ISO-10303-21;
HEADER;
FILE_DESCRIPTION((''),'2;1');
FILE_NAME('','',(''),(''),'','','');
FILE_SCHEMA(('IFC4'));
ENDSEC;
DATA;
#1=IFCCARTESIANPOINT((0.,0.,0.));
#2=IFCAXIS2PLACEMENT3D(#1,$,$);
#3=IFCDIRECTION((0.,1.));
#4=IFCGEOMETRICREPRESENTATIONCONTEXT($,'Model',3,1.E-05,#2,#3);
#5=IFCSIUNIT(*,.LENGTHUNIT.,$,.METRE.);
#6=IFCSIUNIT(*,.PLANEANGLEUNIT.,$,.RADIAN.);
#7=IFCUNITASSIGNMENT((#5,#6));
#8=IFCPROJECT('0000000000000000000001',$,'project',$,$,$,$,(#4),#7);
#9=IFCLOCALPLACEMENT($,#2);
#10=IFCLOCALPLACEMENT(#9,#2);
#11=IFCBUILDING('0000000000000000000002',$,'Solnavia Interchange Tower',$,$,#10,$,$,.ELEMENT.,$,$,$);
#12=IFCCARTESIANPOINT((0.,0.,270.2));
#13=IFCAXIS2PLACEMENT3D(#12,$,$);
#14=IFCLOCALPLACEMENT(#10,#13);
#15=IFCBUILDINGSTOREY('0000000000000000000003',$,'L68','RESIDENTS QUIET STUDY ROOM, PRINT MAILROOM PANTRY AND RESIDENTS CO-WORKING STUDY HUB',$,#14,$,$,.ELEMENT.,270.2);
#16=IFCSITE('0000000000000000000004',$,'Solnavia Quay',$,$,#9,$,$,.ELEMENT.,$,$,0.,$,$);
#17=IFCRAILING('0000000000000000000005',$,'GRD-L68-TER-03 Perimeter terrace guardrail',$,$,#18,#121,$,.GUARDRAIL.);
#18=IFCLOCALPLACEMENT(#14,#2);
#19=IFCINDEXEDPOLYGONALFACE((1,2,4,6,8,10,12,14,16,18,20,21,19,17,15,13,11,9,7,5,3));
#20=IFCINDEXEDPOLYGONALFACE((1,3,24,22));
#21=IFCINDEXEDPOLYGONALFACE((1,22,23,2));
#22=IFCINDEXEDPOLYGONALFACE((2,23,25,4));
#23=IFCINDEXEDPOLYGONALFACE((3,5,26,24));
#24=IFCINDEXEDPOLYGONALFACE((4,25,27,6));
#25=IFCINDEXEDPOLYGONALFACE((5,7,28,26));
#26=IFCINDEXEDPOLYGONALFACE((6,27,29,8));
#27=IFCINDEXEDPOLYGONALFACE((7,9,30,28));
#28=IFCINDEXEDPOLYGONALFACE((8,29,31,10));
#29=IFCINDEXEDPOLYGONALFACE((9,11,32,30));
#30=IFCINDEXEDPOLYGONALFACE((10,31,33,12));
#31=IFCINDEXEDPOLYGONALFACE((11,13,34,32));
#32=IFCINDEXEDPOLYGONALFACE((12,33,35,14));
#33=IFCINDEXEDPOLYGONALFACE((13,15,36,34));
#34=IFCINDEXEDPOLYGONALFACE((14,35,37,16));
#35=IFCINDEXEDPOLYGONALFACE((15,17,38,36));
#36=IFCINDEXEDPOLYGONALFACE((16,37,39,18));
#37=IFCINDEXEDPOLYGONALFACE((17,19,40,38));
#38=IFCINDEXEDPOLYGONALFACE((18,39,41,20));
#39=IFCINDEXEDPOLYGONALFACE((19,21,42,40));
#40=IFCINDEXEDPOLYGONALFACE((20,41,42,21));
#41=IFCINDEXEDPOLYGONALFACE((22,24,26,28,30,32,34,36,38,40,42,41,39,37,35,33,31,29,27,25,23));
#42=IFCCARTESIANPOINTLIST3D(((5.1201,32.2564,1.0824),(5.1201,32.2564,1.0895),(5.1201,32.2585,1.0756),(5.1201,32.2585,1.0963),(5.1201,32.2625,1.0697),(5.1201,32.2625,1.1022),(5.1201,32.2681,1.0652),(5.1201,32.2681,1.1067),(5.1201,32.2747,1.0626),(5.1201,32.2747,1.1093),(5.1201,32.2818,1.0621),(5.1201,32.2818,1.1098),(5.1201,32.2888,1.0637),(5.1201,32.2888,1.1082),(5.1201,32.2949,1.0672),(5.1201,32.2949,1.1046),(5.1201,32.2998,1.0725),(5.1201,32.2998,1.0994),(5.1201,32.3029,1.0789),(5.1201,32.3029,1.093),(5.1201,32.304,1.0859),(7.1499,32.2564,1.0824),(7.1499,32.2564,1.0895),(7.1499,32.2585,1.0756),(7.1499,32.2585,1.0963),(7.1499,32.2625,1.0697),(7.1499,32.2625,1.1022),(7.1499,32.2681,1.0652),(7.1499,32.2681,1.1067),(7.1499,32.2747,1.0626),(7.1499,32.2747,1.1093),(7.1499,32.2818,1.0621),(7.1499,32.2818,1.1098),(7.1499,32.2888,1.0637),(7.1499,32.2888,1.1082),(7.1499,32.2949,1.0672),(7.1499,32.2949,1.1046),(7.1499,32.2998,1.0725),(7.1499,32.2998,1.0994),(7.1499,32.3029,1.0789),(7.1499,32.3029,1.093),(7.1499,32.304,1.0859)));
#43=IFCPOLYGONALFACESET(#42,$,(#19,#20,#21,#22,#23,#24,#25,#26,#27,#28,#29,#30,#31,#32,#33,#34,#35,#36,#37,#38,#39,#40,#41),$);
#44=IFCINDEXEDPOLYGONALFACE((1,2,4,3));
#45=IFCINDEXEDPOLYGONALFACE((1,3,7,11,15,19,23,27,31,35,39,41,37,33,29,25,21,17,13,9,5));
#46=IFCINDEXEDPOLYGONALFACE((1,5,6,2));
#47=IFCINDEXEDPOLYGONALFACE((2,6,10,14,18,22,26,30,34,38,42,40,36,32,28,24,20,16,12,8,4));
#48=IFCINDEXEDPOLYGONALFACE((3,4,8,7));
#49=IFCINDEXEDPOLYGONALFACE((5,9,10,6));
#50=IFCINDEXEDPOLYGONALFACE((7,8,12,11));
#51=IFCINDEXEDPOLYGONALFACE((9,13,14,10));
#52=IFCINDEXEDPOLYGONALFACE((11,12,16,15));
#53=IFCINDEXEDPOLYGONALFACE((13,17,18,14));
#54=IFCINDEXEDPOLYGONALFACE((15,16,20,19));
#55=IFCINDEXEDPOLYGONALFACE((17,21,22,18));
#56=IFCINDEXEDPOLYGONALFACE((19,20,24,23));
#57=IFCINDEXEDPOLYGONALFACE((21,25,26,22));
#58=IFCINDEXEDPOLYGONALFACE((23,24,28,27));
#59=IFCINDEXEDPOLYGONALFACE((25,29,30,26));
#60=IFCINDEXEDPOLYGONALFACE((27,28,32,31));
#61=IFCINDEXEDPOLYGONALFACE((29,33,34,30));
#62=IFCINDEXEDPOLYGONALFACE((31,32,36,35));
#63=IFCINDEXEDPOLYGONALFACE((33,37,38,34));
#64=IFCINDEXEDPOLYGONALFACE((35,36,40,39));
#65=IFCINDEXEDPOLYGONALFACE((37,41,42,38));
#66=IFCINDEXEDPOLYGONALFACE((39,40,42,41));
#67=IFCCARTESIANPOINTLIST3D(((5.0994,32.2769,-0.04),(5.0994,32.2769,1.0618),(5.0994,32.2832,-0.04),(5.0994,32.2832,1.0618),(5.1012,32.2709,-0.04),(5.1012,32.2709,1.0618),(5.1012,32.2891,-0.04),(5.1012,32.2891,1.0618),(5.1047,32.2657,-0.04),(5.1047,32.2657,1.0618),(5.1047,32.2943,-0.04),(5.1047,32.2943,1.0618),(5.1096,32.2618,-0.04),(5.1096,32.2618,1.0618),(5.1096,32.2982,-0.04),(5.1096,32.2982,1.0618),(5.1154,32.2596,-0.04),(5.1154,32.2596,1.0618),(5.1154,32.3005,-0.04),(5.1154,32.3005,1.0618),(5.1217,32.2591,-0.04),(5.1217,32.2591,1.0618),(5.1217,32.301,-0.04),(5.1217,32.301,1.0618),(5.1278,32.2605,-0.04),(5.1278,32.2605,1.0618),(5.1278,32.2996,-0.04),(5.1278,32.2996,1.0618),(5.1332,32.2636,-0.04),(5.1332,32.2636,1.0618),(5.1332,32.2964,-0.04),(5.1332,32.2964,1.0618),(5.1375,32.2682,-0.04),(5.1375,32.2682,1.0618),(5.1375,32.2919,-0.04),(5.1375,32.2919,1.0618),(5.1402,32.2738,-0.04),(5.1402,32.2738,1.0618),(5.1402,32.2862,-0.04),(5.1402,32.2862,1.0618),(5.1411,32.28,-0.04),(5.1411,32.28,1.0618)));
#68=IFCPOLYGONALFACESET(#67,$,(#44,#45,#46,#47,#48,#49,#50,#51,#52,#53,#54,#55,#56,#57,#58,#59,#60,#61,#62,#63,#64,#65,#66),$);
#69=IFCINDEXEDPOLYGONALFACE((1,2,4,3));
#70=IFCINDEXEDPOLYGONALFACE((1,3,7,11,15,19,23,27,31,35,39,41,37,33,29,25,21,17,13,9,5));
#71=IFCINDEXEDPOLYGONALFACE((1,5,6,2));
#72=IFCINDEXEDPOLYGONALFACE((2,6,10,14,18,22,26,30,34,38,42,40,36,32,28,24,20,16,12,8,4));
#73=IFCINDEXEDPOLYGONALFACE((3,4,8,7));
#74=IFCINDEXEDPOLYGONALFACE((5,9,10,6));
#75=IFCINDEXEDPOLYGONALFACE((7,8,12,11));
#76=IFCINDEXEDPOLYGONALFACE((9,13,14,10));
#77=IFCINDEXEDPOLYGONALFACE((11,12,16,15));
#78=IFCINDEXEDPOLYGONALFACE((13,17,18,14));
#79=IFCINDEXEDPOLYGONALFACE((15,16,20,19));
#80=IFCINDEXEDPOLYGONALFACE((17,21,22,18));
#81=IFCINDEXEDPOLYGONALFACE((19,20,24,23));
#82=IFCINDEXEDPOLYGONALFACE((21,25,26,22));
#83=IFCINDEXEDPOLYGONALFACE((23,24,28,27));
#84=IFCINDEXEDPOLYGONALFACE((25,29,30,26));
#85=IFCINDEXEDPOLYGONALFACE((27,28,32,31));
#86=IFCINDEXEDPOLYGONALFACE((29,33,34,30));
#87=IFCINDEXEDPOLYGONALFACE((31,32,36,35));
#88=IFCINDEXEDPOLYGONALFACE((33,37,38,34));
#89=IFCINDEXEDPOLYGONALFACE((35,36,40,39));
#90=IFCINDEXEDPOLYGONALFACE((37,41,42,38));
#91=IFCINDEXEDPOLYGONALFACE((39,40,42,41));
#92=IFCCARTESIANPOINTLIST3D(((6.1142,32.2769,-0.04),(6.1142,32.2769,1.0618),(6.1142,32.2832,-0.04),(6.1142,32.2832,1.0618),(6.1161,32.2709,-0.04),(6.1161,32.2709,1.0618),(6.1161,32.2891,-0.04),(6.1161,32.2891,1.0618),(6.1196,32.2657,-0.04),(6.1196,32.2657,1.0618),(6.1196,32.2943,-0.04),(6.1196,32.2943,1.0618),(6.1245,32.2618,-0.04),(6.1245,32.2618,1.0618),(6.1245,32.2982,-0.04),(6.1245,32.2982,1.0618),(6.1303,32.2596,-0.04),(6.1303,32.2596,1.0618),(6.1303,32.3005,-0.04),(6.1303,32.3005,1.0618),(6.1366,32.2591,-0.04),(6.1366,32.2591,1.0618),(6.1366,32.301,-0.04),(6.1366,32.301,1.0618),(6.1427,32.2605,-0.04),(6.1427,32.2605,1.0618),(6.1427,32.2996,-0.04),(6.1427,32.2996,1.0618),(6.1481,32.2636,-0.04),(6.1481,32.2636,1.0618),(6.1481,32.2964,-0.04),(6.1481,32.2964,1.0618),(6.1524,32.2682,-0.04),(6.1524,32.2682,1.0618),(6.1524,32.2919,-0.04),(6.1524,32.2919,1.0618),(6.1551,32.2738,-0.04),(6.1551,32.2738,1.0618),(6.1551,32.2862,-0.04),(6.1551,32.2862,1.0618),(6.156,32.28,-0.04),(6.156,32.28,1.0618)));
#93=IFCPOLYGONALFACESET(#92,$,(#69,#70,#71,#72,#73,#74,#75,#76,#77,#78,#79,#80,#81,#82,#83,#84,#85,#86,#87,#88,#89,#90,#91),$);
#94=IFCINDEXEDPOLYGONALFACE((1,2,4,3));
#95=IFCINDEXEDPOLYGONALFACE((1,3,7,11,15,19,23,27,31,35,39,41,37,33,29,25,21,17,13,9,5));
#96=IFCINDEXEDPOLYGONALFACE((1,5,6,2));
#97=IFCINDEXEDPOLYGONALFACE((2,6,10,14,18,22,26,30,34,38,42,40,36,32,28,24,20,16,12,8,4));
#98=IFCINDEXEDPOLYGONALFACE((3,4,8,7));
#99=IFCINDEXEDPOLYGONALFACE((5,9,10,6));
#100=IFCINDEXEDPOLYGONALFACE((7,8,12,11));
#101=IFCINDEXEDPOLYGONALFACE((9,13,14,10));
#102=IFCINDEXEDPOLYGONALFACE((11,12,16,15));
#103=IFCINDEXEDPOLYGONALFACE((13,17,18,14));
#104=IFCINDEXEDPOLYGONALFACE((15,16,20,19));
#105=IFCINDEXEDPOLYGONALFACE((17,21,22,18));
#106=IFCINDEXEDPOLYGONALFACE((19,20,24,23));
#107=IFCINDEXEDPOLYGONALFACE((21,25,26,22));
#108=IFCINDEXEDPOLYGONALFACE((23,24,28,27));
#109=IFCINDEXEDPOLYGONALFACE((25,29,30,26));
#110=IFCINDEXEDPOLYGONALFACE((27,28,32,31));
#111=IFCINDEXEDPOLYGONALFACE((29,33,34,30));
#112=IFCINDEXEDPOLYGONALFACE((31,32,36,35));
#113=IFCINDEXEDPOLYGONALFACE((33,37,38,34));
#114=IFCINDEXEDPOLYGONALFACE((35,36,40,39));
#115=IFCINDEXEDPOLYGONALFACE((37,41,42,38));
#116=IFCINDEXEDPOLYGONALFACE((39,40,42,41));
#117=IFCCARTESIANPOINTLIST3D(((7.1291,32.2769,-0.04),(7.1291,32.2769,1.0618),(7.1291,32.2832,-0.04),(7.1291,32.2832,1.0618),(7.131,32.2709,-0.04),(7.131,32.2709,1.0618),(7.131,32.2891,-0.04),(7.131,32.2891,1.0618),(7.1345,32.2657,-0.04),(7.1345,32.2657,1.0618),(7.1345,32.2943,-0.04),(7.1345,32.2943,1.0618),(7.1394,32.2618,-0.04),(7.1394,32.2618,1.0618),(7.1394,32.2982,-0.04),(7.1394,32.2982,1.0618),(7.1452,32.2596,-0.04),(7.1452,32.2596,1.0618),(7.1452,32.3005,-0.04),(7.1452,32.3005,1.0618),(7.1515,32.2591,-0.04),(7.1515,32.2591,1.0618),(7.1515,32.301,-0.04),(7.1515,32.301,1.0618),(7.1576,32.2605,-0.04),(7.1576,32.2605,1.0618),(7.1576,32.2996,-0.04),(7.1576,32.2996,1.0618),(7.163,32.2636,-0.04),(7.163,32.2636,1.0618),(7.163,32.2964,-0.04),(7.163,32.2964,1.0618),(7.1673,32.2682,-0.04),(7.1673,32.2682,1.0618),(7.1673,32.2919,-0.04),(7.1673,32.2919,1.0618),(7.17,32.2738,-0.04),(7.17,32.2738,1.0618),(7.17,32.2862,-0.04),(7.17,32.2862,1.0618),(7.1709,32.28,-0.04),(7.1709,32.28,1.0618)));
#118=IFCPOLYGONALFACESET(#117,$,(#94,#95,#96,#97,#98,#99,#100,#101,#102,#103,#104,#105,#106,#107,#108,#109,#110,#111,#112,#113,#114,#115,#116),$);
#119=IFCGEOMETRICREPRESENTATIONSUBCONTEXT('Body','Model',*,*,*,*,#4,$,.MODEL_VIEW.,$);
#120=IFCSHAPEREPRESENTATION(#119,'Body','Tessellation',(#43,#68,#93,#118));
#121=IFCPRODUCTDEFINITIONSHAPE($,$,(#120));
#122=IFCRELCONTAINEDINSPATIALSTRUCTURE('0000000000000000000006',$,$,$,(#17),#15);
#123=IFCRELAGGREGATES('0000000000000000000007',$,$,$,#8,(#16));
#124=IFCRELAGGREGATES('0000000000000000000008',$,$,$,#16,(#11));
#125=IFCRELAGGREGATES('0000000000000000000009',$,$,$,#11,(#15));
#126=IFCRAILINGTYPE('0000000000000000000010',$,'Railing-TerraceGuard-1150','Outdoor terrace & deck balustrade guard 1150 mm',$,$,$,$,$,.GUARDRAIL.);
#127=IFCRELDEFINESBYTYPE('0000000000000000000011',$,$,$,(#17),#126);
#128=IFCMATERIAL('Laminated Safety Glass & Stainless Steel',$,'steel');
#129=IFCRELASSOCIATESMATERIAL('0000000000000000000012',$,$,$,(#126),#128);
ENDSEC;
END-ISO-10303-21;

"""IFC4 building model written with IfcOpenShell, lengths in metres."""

from ifc_helpers import new_model, si_unit, direction, frame, origin, origin_2d, place, context, subcontext, project, spatial, circle, extrude, material, type_object, element, save


model = new_model("IFC4")

# Units and contexts
model_context = context("Model", 3, precision=1e-05, world=origin(), true_north=direction((0.0, 1.0)))
body_context = subcontext(model_context, "Body", "Model", "MODEL_VIEW")
ifc_project = project(units=[si_unit("LENGTHUNIT", "METRE"), si_unit("PLANEANGLEUNIT", "RADIAN")], contexts=[model_context])

# Site, building, storey
site_placement = place(None, origin())
site = spatial("IfcSite", under=ifc_project, at=site_placement, Name="Solnavia Quay", CompositionType="ELEMENT", RefElevation=0.0)
building_placement = place(site_placement, origin())
building = spatial("IfcBuilding", under=site, at=building_placement, Name="Solnavia Interchange Tower", CompositionType="ELEMENT")
storey_placement = place(building_placement, frame((0.0, 0.0, 270.2)))
storey = spatial("IfcBuildingStorey", under=building, at=storey_placement, Name="L68", Description="RESIDENTS QUIET STUDY ROOM, PRINT MAILROOM PANTRY AND RESIDENTS CO-WORKING STUDY HUB", CompositionType="ELEMENT", Elevation=270.2)

# Railing
ifc_material_1 = material(Name="Laminated Safety Glass & Stainless Steel", Category="steel")
railing_type = type_object("IfcRailingType", Name="Railing-TerraceGuard-1150", Description="Outdoor terrace & deck balustrade guard 1150 mm", PredefinedType="GUARDRAIL", material=ifc_material_1)
railing_1_placement = place(storey_placement, frame((5.1201, 32.28, -0.04)))
element("IfcRailing", 1, at=railing_1_placement, inside=storey, type_object=railing_type, Name="GRD-L68-TER-03 Perimeter terrace guardrail", PredefinedType="GUARDRAIL", context=body_context, shape_type="SweptSolid", body=[
    extrude(circle(Radius=0.0239, at=origin_2d()), frame((0.0, 0.0, 1.126), z_axis=(1.0, 0.0, 0.0), x_axis=(0.0, 1.0, 0.0)), (0.0, 0.0, 1.0), 2.0298),
    extrude(circle(Radius=0.021, at=origin_2d()), origin(), (0.0, 0.0, 1.0), 1.1018),
    extrude(circle(Radius=0.021, at=origin_2d()), frame((1.0149, 0.0, 0.0)), (0.0, 0.0, 1.0), 1.1018),
    extrude(circle(Radius=0.021, at=origin_2d()), frame((2.0298, 0.0, 0.0)), (0.0, 0.0, 1.0), 1.1018),
])

save(model, "model.ifc")
